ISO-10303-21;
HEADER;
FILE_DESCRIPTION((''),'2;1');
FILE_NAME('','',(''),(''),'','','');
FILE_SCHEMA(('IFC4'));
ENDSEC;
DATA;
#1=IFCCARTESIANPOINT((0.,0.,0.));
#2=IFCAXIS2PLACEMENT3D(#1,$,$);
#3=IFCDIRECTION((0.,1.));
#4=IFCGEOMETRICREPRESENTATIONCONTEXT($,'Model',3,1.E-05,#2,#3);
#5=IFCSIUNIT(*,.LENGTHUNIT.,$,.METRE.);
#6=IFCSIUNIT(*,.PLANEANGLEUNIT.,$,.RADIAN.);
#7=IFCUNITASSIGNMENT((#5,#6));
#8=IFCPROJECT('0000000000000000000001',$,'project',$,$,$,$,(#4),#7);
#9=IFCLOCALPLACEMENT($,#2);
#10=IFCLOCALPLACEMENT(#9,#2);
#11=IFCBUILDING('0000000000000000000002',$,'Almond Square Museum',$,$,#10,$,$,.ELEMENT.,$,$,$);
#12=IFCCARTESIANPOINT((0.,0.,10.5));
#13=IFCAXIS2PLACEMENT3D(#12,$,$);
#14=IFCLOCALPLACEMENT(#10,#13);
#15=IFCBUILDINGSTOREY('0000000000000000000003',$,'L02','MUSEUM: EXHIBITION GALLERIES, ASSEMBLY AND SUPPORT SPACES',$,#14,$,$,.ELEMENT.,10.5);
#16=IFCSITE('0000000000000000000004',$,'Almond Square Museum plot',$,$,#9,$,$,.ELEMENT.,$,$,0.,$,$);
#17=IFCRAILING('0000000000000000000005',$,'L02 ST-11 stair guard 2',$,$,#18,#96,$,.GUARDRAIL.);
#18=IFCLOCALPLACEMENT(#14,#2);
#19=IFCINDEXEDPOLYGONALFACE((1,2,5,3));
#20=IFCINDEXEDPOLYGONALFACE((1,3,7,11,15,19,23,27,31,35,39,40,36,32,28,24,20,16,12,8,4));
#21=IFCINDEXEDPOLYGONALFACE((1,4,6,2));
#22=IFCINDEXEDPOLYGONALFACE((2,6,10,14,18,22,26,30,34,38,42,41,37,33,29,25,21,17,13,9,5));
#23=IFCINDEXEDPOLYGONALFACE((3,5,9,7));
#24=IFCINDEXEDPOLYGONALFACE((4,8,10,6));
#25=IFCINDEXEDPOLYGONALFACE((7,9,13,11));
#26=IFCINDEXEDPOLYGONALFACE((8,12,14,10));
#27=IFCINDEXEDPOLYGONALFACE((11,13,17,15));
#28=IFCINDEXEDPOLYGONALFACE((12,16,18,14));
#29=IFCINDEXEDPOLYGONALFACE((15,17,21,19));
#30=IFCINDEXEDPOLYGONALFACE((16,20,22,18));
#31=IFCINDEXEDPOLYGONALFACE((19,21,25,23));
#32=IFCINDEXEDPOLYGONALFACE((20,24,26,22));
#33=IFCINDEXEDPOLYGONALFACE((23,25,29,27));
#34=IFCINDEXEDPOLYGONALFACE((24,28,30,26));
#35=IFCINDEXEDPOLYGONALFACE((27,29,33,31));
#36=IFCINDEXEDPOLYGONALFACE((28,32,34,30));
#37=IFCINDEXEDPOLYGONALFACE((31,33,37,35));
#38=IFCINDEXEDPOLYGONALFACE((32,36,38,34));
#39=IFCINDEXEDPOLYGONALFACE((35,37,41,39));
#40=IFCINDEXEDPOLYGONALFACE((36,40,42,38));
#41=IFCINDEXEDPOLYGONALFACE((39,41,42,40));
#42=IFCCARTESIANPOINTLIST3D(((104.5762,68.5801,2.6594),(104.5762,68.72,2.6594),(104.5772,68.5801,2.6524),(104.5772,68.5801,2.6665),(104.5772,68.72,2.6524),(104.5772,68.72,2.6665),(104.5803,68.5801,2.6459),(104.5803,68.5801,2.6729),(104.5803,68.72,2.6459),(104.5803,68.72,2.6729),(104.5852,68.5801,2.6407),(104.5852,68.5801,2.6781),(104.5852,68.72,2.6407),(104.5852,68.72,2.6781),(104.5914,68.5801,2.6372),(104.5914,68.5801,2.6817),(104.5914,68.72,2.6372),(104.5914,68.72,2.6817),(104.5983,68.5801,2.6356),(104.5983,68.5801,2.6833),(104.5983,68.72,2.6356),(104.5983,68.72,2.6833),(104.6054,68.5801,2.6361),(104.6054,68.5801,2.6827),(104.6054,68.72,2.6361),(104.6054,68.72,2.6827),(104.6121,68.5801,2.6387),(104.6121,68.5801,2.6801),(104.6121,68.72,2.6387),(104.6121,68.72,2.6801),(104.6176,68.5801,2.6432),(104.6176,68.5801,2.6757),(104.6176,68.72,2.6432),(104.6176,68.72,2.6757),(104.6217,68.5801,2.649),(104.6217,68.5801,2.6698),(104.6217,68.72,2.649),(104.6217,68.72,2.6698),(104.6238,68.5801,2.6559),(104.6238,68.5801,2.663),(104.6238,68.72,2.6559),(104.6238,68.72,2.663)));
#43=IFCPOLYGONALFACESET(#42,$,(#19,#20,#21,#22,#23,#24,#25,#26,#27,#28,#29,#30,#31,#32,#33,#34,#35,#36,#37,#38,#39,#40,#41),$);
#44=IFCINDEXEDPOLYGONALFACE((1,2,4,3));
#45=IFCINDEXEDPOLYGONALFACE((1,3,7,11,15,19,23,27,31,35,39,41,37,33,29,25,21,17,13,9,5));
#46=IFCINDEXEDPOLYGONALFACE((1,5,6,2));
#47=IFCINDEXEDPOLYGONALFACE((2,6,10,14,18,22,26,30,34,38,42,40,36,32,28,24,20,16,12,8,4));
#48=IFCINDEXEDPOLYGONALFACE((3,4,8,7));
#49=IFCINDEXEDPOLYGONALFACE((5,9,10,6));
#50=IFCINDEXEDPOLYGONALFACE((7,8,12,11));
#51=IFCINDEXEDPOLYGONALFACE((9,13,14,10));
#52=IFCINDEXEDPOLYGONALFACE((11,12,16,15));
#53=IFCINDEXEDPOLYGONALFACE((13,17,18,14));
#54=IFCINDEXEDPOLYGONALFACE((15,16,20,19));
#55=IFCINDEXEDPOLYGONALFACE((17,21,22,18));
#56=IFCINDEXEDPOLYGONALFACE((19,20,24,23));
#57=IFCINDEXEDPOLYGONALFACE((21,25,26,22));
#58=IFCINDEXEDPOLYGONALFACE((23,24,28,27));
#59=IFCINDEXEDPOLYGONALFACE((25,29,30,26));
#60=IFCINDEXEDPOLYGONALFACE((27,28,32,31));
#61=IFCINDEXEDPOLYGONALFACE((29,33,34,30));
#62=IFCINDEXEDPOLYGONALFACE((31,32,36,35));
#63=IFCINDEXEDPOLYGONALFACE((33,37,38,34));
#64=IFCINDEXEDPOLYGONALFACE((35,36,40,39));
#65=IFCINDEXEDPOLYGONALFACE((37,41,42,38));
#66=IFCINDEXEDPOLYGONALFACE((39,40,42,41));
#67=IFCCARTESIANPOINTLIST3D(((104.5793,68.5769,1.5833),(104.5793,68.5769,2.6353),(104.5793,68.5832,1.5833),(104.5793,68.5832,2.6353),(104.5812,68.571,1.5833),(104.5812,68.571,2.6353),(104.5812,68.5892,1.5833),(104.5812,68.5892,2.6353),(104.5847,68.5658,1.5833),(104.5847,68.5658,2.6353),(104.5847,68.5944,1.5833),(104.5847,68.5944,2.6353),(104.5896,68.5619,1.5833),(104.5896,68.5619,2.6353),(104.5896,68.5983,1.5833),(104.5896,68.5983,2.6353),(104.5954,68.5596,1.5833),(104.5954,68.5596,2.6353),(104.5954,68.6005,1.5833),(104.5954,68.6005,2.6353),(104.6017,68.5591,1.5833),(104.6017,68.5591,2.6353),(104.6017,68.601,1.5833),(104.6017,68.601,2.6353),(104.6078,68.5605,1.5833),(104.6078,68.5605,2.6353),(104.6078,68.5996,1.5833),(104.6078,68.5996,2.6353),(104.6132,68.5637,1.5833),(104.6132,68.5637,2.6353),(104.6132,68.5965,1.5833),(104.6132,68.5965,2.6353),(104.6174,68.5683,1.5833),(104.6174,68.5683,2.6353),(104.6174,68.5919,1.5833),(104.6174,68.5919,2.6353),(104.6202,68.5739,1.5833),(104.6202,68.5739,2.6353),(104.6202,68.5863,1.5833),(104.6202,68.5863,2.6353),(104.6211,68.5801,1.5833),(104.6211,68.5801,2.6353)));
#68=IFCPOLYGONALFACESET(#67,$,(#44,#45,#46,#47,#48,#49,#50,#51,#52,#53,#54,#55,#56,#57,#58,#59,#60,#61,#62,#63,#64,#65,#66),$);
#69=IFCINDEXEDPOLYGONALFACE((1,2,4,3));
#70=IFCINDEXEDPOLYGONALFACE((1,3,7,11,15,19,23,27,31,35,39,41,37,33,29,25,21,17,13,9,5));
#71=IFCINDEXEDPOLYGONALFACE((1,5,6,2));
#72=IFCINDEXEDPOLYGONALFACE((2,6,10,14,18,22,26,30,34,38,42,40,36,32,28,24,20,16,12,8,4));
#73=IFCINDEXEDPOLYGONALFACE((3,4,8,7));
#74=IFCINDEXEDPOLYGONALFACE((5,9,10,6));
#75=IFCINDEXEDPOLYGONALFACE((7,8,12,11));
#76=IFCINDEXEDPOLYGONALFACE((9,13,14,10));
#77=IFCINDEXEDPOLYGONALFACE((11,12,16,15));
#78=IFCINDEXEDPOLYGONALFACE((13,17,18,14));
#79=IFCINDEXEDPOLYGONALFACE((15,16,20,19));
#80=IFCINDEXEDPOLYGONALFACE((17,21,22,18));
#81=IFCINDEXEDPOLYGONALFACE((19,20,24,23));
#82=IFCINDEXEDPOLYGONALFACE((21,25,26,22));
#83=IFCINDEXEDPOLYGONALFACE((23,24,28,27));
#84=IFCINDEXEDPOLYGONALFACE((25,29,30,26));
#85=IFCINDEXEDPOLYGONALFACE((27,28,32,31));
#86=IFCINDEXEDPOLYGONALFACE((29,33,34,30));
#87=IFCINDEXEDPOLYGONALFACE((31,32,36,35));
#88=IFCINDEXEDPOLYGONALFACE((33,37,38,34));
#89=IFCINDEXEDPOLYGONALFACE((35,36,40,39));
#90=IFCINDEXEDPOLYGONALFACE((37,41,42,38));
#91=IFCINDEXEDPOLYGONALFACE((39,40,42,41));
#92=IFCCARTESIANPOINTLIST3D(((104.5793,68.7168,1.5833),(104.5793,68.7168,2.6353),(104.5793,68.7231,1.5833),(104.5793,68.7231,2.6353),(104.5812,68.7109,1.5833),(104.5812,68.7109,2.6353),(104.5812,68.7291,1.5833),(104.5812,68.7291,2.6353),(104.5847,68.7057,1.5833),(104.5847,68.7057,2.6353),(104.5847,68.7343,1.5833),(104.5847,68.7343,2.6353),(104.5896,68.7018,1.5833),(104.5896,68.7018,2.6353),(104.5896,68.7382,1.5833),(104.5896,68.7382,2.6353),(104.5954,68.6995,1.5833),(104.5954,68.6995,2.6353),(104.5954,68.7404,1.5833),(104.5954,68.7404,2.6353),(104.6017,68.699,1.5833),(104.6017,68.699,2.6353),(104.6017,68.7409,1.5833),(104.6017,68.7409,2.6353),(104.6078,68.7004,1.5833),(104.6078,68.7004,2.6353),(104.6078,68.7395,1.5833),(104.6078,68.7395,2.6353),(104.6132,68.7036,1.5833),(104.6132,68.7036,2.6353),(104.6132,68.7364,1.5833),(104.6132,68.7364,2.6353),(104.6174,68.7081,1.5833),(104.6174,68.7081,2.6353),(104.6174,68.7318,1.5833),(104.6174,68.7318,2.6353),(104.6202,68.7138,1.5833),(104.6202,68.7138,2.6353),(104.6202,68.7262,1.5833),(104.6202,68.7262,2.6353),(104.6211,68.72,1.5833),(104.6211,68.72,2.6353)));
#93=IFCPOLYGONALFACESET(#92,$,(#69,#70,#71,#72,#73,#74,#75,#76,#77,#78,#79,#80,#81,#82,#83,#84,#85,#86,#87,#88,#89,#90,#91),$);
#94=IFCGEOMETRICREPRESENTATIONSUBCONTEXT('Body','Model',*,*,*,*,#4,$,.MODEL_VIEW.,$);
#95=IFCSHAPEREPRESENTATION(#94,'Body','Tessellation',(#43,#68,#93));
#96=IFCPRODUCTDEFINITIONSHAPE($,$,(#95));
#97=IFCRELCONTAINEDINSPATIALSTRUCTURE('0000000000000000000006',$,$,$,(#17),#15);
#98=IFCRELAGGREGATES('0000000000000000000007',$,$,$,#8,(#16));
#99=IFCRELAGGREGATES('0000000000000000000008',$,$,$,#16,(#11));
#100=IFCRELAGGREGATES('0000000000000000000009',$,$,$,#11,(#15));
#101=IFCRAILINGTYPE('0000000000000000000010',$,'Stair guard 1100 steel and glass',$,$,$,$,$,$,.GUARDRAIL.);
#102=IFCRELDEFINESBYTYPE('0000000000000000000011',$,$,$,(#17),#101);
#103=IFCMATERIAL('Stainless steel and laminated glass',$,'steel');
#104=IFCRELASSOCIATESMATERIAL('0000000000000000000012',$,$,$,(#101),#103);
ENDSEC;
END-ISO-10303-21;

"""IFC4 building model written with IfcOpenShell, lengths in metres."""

from ifc_helpers import new_model, si_unit, direction, frame, origin, origin_2d, place, context, subcontext, project, spatial, circle, extrude, material, type_object, element, save


model = new_model("IFC4")

# Units and contexts
model_context = context("Model", 3, precision=1e-05, world=origin(), true_north=direction((0.0, 1.0)))
body_context = subcontext(model_context, "Body", "Model", "MODEL_VIEW")
ifc_project = project(units=[si_unit("LENGTHUNIT", "METRE"), si_unit("PLANEANGLEUNIT", "RADIAN")], contexts=[model_context])

# Site, building, storey
site_placement = place(None, origin())
site = spatial("IfcSite", under=ifc_project, at=site_placement, Name="Almond Square Museum plot", CompositionType="ELEMENT", RefElevation=0.0)
building_placement = place(site_placement, origin())
building = spatial("IfcBuilding", under=site, at=building_placement, Name="Almond Square Museum", CompositionType="ELEMENT")
storey_placement = place(building_placement, frame((0.0, 0.0, 10.5)))
storey = spatial("IfcBuildingStorey", under=building, at=storey_placement, Name="L02", Description="MUSEUM: EXHIBITION GALLERIES, ASSEMBLY AND SUPPORT SPACES", CompositionType="ELEMENT", Elevation=10.5)

# Railing
ifc_material_1 = material(Name="Stainless steel and laminated glass", Category="steel")
railing_type_1 = type_object("IfcRailingType", Name="Stair guard 1100 steel and glass", PredefinedType="GUARDRAIL", material=ifc_material_1)
railing_1_placement = place(storey_placement, frame((104.6001, 68.5801, 1.5833)))
element("IfcRailing", 1, at=railing_1_placement, inside=storey, type_object=railing_type_1, Name="L02 ST-11 stair guard 2", PredefinedType="GUARDRAIL", context=body_context, shape_type="SweptSolid", body=[
    extrude(circle(Radius=0.0239, at=origin_2d()), frame((0.0, 0.0, 1.0762), z_axis=(0.0, 1.0, 0.0), x_axis=(-1.0, 0.0, 0.0)), (0.0, 0.0, 1.0), 0.1399),
    extrude(circle(Radius=0.021, at=origin_2d()), origin(), (0.0, 0.0, 1.0), 1.052),
    extrude(circle(Radius=0.021, at=origin_2d()), frame((0.0, 0.1399, 0.0)), (0.0, 0.0, 1.0), 1.052),
])

save(model, "model.ifc")
